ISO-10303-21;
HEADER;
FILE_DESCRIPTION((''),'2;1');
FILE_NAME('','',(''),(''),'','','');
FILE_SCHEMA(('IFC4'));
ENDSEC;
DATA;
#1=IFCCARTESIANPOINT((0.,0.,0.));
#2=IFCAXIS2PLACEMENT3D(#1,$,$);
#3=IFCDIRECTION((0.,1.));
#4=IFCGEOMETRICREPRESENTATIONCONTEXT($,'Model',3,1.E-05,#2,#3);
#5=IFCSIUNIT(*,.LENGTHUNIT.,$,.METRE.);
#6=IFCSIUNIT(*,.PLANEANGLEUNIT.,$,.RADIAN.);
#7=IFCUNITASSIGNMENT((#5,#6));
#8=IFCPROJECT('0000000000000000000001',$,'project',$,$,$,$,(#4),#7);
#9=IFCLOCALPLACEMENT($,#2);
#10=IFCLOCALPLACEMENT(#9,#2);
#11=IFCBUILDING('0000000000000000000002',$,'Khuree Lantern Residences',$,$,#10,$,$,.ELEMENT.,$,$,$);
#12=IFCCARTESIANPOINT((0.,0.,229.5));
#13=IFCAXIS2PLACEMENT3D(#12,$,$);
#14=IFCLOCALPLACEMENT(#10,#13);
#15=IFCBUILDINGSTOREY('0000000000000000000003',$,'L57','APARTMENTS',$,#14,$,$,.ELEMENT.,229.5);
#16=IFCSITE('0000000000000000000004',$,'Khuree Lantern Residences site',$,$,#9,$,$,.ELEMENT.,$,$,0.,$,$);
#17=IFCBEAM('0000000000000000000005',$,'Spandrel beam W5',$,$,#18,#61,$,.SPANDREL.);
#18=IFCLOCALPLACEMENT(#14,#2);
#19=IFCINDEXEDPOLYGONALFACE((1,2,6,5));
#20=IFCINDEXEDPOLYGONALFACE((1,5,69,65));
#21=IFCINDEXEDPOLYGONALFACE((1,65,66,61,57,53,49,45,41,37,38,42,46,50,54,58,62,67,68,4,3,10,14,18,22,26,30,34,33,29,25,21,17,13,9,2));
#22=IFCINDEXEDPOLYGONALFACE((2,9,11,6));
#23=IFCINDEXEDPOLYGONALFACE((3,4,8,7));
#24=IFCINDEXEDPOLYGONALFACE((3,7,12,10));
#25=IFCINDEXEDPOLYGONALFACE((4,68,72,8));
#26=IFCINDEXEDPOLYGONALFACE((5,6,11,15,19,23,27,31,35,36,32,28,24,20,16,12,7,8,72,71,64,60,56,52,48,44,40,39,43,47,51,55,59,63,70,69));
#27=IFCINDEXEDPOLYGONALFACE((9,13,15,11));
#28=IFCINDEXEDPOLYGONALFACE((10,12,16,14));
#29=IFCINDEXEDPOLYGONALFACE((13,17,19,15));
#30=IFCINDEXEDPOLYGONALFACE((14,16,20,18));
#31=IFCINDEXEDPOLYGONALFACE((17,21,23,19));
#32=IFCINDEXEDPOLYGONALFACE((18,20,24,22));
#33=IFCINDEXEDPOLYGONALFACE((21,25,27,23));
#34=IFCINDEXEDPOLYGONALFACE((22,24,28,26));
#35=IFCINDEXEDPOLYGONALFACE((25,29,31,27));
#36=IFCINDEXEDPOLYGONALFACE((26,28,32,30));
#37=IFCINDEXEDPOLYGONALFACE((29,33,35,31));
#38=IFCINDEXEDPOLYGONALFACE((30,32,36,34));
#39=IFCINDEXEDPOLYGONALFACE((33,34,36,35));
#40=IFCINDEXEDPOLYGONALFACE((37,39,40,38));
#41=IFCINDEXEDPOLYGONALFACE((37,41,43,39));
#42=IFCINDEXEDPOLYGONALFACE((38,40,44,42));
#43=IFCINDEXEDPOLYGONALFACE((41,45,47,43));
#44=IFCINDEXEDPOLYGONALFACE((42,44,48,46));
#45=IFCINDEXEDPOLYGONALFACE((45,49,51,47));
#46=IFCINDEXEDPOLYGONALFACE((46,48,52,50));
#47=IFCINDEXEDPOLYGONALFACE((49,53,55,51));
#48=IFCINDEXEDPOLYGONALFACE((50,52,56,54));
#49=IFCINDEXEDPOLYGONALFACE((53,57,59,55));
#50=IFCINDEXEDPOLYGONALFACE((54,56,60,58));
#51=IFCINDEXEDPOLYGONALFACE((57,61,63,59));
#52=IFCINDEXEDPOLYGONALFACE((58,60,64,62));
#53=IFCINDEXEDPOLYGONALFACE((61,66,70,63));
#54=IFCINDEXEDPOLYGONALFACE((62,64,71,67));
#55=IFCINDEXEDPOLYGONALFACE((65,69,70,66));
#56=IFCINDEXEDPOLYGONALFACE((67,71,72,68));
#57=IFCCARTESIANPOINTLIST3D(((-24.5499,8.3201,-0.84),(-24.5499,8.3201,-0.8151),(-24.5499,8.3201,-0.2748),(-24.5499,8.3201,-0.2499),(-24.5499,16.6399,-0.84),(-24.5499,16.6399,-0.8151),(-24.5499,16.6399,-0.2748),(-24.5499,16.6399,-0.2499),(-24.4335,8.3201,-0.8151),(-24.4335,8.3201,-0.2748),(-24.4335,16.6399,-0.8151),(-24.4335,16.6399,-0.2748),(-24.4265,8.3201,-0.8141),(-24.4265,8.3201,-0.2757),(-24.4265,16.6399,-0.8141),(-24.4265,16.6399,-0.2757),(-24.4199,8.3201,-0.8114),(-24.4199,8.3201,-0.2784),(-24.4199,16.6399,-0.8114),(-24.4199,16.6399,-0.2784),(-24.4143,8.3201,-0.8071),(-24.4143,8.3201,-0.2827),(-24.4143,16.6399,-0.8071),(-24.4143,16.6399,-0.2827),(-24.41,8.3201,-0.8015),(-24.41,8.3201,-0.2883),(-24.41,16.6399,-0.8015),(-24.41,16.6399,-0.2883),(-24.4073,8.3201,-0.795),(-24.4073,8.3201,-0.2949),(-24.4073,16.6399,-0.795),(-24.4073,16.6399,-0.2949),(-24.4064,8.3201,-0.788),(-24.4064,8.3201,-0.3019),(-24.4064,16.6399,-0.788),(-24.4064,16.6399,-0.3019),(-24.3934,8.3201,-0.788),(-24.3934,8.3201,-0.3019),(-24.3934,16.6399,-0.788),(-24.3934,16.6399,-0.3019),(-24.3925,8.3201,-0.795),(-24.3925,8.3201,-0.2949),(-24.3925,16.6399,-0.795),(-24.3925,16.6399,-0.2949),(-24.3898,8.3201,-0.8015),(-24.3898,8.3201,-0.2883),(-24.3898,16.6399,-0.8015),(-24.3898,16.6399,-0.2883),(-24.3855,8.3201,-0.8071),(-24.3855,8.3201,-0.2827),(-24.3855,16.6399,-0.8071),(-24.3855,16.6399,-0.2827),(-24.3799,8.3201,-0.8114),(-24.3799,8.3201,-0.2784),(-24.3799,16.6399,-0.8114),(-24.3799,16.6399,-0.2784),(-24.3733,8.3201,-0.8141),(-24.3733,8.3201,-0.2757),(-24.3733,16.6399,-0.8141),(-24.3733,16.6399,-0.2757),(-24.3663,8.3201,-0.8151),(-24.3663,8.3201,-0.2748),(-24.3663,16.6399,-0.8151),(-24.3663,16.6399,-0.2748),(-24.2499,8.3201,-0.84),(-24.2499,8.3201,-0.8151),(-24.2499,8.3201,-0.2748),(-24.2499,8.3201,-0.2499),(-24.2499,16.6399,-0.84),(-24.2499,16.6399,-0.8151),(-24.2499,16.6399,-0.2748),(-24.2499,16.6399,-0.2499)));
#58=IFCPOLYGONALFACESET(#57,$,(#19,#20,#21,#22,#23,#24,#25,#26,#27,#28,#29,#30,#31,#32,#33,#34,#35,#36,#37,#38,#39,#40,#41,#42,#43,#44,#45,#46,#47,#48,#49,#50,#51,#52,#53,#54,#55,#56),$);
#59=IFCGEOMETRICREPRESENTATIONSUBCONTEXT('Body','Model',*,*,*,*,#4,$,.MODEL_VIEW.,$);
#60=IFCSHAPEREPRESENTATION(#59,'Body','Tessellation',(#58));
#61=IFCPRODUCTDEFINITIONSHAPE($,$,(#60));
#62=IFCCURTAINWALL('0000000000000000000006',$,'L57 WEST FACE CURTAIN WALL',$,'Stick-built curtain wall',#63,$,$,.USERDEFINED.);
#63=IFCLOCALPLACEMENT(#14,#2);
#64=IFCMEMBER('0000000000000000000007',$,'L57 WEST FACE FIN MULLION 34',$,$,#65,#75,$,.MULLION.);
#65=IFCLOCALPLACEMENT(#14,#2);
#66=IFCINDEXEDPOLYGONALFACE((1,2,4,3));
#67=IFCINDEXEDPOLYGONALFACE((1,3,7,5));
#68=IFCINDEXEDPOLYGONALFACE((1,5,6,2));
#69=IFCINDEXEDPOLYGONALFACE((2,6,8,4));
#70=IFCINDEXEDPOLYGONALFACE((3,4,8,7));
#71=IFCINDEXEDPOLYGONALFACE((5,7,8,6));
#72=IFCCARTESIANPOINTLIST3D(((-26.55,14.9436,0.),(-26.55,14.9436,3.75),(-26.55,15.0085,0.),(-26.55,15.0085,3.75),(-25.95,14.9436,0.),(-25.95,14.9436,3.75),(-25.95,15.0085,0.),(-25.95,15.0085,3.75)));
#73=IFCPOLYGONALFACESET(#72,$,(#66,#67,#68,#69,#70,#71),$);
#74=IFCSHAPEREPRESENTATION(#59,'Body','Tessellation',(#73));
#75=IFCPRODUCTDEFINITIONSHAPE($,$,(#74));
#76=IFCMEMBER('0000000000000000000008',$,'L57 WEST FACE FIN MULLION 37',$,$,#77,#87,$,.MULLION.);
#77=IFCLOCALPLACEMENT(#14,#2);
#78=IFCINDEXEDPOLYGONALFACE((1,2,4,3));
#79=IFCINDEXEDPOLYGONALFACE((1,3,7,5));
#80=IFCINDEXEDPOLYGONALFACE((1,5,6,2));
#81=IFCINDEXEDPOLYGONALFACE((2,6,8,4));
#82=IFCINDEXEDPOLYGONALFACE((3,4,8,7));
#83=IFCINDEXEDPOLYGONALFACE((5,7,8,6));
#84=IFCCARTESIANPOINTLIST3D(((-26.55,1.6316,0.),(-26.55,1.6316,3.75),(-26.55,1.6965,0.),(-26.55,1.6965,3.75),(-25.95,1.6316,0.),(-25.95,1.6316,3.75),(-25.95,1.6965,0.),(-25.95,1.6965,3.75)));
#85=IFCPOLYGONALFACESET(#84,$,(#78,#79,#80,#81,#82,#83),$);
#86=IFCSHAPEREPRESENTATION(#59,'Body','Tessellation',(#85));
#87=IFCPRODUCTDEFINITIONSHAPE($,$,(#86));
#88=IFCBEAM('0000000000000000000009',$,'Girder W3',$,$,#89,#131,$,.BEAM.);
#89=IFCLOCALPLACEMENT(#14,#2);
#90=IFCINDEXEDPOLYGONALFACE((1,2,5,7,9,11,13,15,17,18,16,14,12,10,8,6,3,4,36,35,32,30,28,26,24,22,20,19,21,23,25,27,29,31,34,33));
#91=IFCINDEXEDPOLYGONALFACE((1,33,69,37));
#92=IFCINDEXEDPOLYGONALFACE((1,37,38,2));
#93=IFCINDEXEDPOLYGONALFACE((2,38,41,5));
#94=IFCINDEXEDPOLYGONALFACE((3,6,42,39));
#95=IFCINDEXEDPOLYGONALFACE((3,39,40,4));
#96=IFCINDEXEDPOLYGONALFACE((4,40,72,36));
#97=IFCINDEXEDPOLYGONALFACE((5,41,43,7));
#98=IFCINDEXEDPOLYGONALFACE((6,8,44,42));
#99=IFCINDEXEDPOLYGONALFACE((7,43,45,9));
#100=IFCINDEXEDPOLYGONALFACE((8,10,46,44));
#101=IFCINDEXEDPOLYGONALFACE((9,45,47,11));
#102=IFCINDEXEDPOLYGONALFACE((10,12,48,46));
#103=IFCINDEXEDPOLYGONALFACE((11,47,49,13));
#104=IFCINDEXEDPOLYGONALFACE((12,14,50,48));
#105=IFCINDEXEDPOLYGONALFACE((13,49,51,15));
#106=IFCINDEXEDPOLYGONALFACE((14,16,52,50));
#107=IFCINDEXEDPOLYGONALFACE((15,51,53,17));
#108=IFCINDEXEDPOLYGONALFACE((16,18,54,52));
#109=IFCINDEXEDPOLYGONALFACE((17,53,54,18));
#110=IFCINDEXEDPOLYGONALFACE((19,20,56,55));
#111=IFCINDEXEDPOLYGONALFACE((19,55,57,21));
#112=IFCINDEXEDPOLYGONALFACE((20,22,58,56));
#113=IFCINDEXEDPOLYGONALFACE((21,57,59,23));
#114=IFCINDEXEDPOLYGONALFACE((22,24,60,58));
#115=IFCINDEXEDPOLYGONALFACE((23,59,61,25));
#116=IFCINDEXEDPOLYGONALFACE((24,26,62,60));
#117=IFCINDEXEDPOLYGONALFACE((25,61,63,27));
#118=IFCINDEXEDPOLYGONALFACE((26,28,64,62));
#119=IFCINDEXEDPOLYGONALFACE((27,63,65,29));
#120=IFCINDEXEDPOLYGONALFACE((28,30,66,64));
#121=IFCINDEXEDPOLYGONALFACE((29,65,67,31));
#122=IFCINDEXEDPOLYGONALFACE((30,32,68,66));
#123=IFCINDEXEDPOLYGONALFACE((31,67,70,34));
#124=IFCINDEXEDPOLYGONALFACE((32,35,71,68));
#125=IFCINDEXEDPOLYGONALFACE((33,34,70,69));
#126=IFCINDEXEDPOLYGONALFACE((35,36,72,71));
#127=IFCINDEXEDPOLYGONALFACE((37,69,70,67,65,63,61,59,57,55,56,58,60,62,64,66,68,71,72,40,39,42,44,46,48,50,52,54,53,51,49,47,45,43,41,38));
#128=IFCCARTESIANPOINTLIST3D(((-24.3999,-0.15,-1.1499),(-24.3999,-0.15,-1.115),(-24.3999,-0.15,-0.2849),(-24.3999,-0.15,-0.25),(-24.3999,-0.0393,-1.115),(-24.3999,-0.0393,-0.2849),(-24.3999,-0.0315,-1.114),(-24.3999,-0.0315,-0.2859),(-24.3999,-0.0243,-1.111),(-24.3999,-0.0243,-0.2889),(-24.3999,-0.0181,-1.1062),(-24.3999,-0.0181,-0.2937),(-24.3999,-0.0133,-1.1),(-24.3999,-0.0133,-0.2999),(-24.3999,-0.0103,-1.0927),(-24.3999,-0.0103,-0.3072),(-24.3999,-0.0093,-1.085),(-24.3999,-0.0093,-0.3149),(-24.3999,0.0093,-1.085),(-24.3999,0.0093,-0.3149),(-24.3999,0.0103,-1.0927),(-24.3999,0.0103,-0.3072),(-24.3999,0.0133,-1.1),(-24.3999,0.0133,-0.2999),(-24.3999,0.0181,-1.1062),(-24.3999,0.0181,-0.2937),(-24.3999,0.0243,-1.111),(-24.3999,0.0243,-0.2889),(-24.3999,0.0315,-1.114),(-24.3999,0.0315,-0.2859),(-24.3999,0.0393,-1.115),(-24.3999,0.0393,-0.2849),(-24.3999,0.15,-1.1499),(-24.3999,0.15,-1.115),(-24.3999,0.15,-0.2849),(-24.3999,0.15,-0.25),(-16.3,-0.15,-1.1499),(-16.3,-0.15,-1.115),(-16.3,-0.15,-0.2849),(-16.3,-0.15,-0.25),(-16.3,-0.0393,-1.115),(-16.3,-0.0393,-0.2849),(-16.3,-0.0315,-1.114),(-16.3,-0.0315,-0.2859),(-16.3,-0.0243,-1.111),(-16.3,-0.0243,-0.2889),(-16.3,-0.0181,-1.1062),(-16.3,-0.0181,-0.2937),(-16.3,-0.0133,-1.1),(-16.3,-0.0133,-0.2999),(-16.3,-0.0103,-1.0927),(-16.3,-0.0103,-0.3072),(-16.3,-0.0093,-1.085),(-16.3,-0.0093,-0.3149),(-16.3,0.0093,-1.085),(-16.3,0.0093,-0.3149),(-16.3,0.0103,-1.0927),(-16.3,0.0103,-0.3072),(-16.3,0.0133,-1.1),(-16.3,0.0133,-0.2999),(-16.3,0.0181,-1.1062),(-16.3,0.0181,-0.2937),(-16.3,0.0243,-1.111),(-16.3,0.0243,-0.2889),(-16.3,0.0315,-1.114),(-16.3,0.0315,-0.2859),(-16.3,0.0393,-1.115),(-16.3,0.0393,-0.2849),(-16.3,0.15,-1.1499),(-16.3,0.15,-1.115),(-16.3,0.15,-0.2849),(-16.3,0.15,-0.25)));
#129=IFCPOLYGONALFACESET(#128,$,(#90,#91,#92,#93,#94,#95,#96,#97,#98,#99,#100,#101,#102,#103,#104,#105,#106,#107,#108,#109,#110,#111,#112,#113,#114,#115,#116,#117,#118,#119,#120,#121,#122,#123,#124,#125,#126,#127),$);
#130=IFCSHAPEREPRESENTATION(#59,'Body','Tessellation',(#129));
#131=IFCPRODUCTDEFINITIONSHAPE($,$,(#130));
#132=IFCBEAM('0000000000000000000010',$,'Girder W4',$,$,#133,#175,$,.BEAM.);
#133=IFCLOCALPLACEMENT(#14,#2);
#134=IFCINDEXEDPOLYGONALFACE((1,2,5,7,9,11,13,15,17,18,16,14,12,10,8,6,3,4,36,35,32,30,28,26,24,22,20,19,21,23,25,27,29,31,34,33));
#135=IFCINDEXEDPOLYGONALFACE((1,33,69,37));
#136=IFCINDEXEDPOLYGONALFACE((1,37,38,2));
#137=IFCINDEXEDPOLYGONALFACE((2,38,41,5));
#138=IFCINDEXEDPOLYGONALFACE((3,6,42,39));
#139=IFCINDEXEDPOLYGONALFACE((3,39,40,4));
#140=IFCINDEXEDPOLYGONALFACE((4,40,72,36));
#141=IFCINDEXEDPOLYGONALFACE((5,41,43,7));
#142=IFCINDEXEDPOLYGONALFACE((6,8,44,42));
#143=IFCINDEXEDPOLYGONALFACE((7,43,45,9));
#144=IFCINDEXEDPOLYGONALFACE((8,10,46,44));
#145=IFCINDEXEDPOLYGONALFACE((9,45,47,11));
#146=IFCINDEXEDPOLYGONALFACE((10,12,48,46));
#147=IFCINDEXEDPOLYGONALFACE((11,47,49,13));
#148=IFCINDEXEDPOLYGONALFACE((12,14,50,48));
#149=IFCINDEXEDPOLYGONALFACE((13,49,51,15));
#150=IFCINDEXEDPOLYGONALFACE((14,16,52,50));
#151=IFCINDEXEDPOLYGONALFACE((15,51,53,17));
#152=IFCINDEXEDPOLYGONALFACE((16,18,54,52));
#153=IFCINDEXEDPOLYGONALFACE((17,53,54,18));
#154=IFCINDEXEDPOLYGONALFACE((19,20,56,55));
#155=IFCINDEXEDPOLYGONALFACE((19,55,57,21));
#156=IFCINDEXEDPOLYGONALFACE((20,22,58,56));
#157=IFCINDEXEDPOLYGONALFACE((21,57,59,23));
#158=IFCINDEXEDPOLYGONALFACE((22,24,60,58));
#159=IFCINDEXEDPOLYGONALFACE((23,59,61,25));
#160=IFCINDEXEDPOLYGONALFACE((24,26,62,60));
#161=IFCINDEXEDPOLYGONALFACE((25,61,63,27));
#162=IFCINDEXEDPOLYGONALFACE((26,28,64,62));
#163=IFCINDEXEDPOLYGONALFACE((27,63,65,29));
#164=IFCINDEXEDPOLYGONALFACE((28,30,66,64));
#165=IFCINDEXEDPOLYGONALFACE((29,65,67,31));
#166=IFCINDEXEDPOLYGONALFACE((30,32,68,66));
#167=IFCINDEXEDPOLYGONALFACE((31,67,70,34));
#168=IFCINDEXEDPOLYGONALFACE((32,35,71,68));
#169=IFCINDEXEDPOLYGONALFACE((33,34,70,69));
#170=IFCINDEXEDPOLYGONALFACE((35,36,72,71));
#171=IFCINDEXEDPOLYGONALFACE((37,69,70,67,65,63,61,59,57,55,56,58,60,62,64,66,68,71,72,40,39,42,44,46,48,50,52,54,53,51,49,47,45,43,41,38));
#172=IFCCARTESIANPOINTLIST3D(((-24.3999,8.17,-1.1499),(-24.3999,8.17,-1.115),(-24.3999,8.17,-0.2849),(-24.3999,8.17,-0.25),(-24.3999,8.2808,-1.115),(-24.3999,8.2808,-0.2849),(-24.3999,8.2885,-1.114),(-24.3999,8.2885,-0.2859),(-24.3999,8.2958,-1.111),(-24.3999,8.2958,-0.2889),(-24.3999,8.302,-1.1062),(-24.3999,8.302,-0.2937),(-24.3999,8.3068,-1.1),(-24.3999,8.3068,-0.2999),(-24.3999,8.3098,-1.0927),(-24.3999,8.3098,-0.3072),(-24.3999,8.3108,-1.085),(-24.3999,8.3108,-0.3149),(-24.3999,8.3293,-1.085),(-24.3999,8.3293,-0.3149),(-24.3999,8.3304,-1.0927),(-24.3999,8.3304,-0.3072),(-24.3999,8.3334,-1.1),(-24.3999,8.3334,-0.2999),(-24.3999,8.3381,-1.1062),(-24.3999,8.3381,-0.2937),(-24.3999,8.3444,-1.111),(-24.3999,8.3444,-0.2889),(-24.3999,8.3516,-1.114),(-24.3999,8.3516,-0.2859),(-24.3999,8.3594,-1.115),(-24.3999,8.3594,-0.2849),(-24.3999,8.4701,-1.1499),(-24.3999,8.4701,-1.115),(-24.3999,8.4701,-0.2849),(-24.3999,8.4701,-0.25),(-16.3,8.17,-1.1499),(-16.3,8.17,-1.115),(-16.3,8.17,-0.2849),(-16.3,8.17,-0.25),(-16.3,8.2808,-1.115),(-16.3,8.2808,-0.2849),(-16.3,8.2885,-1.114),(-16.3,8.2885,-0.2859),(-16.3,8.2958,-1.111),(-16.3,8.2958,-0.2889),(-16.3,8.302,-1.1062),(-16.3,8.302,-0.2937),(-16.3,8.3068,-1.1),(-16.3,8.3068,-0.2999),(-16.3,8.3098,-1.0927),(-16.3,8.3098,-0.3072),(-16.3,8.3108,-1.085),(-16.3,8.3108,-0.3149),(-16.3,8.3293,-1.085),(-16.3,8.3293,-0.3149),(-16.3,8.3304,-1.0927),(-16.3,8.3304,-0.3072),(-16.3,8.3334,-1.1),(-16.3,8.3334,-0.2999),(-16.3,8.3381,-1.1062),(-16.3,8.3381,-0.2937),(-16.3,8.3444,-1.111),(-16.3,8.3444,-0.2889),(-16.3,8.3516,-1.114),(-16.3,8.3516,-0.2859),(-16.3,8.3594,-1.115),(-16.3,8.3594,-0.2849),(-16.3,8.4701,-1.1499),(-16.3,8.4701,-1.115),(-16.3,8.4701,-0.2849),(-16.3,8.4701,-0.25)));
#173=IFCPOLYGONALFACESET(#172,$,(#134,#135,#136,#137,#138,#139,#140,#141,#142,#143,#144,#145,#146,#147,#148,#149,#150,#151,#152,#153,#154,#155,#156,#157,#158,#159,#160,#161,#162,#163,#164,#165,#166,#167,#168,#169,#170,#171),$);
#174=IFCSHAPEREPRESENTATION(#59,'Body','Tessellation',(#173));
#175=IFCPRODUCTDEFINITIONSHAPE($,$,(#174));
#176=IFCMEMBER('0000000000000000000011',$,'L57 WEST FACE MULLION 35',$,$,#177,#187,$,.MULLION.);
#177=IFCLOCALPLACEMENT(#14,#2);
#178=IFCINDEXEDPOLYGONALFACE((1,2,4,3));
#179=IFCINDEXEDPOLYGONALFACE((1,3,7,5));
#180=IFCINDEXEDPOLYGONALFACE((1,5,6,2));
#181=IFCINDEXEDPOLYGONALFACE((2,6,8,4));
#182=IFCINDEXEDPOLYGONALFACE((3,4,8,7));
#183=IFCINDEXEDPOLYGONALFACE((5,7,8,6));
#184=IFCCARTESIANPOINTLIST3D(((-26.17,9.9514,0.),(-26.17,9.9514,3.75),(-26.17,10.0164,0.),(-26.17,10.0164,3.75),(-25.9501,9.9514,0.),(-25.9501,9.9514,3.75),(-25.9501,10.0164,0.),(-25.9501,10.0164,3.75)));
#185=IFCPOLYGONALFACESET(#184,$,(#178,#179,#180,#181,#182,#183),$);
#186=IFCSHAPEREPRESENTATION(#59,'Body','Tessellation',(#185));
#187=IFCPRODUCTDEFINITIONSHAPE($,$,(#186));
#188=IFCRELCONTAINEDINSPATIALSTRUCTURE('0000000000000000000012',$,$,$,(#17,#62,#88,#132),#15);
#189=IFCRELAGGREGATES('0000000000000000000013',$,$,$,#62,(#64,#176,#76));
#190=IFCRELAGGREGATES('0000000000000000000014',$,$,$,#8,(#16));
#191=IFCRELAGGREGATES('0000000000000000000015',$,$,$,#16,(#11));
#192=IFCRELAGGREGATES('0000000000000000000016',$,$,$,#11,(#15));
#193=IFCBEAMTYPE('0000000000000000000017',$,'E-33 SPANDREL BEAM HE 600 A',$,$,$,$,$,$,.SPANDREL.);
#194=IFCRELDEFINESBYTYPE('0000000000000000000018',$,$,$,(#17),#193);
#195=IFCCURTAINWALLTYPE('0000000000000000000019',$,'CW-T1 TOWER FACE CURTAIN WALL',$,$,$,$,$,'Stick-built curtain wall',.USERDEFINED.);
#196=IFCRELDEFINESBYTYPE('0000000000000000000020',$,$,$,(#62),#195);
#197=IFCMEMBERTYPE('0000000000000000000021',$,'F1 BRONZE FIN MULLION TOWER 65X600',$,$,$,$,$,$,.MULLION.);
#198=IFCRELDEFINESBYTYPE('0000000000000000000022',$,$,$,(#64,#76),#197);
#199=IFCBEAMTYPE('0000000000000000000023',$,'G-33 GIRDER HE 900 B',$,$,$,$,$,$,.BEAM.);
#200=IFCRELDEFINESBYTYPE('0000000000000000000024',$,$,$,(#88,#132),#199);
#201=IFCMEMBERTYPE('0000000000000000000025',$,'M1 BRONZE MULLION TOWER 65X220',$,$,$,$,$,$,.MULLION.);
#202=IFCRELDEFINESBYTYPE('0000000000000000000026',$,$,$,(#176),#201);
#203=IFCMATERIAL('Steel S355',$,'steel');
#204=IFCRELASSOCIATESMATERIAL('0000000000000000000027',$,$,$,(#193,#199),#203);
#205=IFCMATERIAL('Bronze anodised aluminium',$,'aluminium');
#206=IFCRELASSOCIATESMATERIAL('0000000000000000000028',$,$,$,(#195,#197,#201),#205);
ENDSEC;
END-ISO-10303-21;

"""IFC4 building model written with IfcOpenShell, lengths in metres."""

from ifc_helpers import new_model, si_unit, direction, frame, origin, origin_2d, place, context, subcontext, project, spatial, rectangle, i_section, extrude, material, material_profile, profile_set, type_object, element, aggregate, save


model = new_model("IFC4")

# Units and contexts
model_context = context("Model", 3, precision=1e-05, world=origin(), true_north=direction((0.0, 1.0)))
body_context = subcontext(model_context, "Body", "Model", "MODEL_VIEW")
ifc_project = project(units=[si_unit("LENGTHUNIT", "METRE"), si_unit("PLANEANGLEUNIT", "RADIAN")], contexts=[model_context])

# Site, building, storey
site_placement = place(None, origin())
site = spatial("IfcSite", under=ifc_project, at=site_placement, Name="Khuree Lantern Residences site", CompositionType="ELEMENT", RefElevation=0.0)
building_placement = place(site_placement, origin())
building = spatial("IfcBuilding", under=site, at=building_placement, Name="Khuree Lantern Residences", CompositionType="ELEMENT")
storey_placement = place(building_placement, frame((0.0, 0.0, 229.5)))
storey = spatial("IfcBuildingStorey", under=building, at=storey_placement, Name="L57", Description="APARTMENTS", CompositionType="ELEMENT", Elevation=229.5)

# Beam
ifc_material_1 = material(Name="Steel S355", Category="steel")
ifc_material_profile_1 = material_profile(ifc_material_1, i_section(OverallWidth=0.3, OverallDepth=0.5901, WebThickness=0.0129, FlangeThickness=0.0249, FilletRadius=0.0271, at=origin_2d()), Name="HE 600 A")
ifc_profile_set_1 = profile_set([ifc_material_profile_1], Name="Steel S355")
beam_type_1 = type_object("IfcBeamType", Name="E-33 SPANDREL BEAM HE 600 A", PredefinedType="SPANDREL", material=ifc_profile_set_1)
beam_1_placement = place(storey_placement, frame((-24.3999, 8.3201, -0.5449), z_axis=(0.0, 1.0, 0.0), x_axis=(-1.0, 0.0, 0.0)))
element("IfcBeam", 1, at=beam_1_placement, inside=storey, type_object=beam_type_1, Name="Spandrel beam W5", PredefinedType="SPANDREL", context=body_context, shape_type="SweptSolid", body=[
    extrude(i_section(OverallWidth=0.3, OverallDepth=0.5901, WebThickness=0.0129, FlangeThickness=0.0249, FilletRadius=0.0271, at=origin_2d()), origin(), (0.0, 0.0, 1.0), 8.3198),
])

# Curtain wall, members
ifc_material_2 = material(Name="Bronze anodised aluminium", Category="aluminium")
curtain_wall_type = type_object("IfcCurtainWallType", Name="CW-T1 TOWER FACE CURTAIN WALL", ElementType="Stick-built curtain wall", PredefinedType="USERDEFINED", material=ifc_material_2)
curtain_wall_placement = place(storey_placement, origin())
curtain_wall = element("IfcCurtainWall", 2, at=curtain_wall_placement, inside=storey, type_object=curtain_wall_type, Name="L57 WEST FACE CURTAIN WALL", ObjectType="Stick-built curtain wall", PredefinedType="USERDEFINED")
ifc_material_profile_2 = material_profile(ifc_material_2, rectangle(XDim=0.0649, YDim=0.6001, at=origin_2d()), Name="F1 65X600")
ifc_profile_set_2 = profile_set([ifc_material_profile_2], Name="Bronze anodised aluminium")
member_type_1 = type_object("IfcMemberType", Name="F1 BRONZE FIN MULLION TOWER 65X600", PredefinedType="MULLION", material=ifc_profile_set_2)
member_1_placement = place(storey_placement, frame((-26.25, 14.9761, 0.0), z_axis=(0.0, 0.0, 1.0), x_axis=(0.0, -1.0, 0.0)))
member_1 = element("IfcMember", 3, at=member_1_placement, type_object=member_type_1, Name="L57 WEST FACE FIN MULLION 34", PredefinedType="MULLION", context=body_context, shape_type="SweptSolid", body=[
    extrude(rectangle(XDim=0.0649, YDim=0.6001, at=origin_2d()), origin(), (0.0, 0.0, 1.0), 3.75),
])
member_2_placement = place(storey_placement, frame((-26.25, 1.6641, 0.0), z_axis=(0.0, 0.0, 1.0), x_axis=(0.0, -1.0, 0.0)))
member_2 = element("IfcMember", 4, at=member_2_placement, type_object=member_type_1, Name="L57 WEST FACE FIN MULLION 37", PredefinedType="MULLION", context=body_context, shape_type="SweptSolid", body=[
    extrude(rectangle(XDim=0.0649, YDim=0.6001, at=origin_2d()), origin(), (0.0, 0.0, 1.0), 3.75),
])

# Beams
ifc_material_profile_3 = material_profile(ifc_material_1, i_section(OverallWidth=0.3, OverallDepth=0.8999, WebThickness=0.0186, FlangeThickness=0.0349, FilletRadius=0.03, at=origin_2d()), Name="HE 900 B")
ifc_profile_set_3 = profile_set([ifc_material_profile_3], Name="Steel S355")
beam_type_2 = type_object("IfcBeamType", Name="G-33 GIRDER HE 900 B", PredefinedType="BEAM", material=ifc_profile_set_3)
for number, where, z_axis, x_axis, name in (
    (5, (-24.3999, 0.0, -0.7), (1.0, 0.0, 0.0), (0.0, 1.0, 0.0), "Girder W3"),
    (6, (-24.3999, 8.3201, -0.7), (1.0, 0.0, 0.0), (0.0, 1.0, 0.0), "Girder W4"),
):
    element("IfcBeam", number, at=place(storey_placement, frame(where, z_axis=z_axis, x_axis=x_axis)), inside=storey, type_object=beam_type_2, Name=name, PredefinedType="BEAM", context=body_context, shape_type="SweptSolid", body=[
        extrude(i_section(OverallWidth=0.3, OverallDepth=0.8999, WebThickness=0.0186, FlangeThickness=0.0349, FilletRadius=0.03, at=origin_2d()), origin(), (0.0, 0.0, 1.0), 8.0999),
    ])

# Member
ifc_material_profile_4 = material_profile(ifc_material_2, rectangle(XDim=0.0649, YDim=0.22, at=origin_2d()), Name="M1 65X220")
ifc_profile_set_4 = profile_set([ifc_material_profile_4], Name="Bronze anodised aluminium")
member_type_2 = type_object("IfcMemberType", Name="M1 BRONZE MULLION TOWER 65X220", PredefinedType="MULLION", material=ifc_profile_set_4)
member_3_placement = place(storey_placement, frame((-26.0601, 9.9839, 0.0), z_axis=(0.0, 0.0, 1.0), x_axis=(0.0, -1.0, 0.0)))
member_3 = element("IfcMember", 7, at=member_3_placement, type_object=member_type_2, Name="L57 WEST FACE MULLION 35", PredefinedType="MULLION", context=body_context, shape_type="SweptSolid", body=[
    extrude(rectangle(XDim=0.0649, YDim=0.22, at=origin_2d()), origin(), (0.0, 0.0, 1.0), 3.75),
])

aggregate(curtain_wall, [member_1, member_3, member_2])

save(model, "model.ifc")
